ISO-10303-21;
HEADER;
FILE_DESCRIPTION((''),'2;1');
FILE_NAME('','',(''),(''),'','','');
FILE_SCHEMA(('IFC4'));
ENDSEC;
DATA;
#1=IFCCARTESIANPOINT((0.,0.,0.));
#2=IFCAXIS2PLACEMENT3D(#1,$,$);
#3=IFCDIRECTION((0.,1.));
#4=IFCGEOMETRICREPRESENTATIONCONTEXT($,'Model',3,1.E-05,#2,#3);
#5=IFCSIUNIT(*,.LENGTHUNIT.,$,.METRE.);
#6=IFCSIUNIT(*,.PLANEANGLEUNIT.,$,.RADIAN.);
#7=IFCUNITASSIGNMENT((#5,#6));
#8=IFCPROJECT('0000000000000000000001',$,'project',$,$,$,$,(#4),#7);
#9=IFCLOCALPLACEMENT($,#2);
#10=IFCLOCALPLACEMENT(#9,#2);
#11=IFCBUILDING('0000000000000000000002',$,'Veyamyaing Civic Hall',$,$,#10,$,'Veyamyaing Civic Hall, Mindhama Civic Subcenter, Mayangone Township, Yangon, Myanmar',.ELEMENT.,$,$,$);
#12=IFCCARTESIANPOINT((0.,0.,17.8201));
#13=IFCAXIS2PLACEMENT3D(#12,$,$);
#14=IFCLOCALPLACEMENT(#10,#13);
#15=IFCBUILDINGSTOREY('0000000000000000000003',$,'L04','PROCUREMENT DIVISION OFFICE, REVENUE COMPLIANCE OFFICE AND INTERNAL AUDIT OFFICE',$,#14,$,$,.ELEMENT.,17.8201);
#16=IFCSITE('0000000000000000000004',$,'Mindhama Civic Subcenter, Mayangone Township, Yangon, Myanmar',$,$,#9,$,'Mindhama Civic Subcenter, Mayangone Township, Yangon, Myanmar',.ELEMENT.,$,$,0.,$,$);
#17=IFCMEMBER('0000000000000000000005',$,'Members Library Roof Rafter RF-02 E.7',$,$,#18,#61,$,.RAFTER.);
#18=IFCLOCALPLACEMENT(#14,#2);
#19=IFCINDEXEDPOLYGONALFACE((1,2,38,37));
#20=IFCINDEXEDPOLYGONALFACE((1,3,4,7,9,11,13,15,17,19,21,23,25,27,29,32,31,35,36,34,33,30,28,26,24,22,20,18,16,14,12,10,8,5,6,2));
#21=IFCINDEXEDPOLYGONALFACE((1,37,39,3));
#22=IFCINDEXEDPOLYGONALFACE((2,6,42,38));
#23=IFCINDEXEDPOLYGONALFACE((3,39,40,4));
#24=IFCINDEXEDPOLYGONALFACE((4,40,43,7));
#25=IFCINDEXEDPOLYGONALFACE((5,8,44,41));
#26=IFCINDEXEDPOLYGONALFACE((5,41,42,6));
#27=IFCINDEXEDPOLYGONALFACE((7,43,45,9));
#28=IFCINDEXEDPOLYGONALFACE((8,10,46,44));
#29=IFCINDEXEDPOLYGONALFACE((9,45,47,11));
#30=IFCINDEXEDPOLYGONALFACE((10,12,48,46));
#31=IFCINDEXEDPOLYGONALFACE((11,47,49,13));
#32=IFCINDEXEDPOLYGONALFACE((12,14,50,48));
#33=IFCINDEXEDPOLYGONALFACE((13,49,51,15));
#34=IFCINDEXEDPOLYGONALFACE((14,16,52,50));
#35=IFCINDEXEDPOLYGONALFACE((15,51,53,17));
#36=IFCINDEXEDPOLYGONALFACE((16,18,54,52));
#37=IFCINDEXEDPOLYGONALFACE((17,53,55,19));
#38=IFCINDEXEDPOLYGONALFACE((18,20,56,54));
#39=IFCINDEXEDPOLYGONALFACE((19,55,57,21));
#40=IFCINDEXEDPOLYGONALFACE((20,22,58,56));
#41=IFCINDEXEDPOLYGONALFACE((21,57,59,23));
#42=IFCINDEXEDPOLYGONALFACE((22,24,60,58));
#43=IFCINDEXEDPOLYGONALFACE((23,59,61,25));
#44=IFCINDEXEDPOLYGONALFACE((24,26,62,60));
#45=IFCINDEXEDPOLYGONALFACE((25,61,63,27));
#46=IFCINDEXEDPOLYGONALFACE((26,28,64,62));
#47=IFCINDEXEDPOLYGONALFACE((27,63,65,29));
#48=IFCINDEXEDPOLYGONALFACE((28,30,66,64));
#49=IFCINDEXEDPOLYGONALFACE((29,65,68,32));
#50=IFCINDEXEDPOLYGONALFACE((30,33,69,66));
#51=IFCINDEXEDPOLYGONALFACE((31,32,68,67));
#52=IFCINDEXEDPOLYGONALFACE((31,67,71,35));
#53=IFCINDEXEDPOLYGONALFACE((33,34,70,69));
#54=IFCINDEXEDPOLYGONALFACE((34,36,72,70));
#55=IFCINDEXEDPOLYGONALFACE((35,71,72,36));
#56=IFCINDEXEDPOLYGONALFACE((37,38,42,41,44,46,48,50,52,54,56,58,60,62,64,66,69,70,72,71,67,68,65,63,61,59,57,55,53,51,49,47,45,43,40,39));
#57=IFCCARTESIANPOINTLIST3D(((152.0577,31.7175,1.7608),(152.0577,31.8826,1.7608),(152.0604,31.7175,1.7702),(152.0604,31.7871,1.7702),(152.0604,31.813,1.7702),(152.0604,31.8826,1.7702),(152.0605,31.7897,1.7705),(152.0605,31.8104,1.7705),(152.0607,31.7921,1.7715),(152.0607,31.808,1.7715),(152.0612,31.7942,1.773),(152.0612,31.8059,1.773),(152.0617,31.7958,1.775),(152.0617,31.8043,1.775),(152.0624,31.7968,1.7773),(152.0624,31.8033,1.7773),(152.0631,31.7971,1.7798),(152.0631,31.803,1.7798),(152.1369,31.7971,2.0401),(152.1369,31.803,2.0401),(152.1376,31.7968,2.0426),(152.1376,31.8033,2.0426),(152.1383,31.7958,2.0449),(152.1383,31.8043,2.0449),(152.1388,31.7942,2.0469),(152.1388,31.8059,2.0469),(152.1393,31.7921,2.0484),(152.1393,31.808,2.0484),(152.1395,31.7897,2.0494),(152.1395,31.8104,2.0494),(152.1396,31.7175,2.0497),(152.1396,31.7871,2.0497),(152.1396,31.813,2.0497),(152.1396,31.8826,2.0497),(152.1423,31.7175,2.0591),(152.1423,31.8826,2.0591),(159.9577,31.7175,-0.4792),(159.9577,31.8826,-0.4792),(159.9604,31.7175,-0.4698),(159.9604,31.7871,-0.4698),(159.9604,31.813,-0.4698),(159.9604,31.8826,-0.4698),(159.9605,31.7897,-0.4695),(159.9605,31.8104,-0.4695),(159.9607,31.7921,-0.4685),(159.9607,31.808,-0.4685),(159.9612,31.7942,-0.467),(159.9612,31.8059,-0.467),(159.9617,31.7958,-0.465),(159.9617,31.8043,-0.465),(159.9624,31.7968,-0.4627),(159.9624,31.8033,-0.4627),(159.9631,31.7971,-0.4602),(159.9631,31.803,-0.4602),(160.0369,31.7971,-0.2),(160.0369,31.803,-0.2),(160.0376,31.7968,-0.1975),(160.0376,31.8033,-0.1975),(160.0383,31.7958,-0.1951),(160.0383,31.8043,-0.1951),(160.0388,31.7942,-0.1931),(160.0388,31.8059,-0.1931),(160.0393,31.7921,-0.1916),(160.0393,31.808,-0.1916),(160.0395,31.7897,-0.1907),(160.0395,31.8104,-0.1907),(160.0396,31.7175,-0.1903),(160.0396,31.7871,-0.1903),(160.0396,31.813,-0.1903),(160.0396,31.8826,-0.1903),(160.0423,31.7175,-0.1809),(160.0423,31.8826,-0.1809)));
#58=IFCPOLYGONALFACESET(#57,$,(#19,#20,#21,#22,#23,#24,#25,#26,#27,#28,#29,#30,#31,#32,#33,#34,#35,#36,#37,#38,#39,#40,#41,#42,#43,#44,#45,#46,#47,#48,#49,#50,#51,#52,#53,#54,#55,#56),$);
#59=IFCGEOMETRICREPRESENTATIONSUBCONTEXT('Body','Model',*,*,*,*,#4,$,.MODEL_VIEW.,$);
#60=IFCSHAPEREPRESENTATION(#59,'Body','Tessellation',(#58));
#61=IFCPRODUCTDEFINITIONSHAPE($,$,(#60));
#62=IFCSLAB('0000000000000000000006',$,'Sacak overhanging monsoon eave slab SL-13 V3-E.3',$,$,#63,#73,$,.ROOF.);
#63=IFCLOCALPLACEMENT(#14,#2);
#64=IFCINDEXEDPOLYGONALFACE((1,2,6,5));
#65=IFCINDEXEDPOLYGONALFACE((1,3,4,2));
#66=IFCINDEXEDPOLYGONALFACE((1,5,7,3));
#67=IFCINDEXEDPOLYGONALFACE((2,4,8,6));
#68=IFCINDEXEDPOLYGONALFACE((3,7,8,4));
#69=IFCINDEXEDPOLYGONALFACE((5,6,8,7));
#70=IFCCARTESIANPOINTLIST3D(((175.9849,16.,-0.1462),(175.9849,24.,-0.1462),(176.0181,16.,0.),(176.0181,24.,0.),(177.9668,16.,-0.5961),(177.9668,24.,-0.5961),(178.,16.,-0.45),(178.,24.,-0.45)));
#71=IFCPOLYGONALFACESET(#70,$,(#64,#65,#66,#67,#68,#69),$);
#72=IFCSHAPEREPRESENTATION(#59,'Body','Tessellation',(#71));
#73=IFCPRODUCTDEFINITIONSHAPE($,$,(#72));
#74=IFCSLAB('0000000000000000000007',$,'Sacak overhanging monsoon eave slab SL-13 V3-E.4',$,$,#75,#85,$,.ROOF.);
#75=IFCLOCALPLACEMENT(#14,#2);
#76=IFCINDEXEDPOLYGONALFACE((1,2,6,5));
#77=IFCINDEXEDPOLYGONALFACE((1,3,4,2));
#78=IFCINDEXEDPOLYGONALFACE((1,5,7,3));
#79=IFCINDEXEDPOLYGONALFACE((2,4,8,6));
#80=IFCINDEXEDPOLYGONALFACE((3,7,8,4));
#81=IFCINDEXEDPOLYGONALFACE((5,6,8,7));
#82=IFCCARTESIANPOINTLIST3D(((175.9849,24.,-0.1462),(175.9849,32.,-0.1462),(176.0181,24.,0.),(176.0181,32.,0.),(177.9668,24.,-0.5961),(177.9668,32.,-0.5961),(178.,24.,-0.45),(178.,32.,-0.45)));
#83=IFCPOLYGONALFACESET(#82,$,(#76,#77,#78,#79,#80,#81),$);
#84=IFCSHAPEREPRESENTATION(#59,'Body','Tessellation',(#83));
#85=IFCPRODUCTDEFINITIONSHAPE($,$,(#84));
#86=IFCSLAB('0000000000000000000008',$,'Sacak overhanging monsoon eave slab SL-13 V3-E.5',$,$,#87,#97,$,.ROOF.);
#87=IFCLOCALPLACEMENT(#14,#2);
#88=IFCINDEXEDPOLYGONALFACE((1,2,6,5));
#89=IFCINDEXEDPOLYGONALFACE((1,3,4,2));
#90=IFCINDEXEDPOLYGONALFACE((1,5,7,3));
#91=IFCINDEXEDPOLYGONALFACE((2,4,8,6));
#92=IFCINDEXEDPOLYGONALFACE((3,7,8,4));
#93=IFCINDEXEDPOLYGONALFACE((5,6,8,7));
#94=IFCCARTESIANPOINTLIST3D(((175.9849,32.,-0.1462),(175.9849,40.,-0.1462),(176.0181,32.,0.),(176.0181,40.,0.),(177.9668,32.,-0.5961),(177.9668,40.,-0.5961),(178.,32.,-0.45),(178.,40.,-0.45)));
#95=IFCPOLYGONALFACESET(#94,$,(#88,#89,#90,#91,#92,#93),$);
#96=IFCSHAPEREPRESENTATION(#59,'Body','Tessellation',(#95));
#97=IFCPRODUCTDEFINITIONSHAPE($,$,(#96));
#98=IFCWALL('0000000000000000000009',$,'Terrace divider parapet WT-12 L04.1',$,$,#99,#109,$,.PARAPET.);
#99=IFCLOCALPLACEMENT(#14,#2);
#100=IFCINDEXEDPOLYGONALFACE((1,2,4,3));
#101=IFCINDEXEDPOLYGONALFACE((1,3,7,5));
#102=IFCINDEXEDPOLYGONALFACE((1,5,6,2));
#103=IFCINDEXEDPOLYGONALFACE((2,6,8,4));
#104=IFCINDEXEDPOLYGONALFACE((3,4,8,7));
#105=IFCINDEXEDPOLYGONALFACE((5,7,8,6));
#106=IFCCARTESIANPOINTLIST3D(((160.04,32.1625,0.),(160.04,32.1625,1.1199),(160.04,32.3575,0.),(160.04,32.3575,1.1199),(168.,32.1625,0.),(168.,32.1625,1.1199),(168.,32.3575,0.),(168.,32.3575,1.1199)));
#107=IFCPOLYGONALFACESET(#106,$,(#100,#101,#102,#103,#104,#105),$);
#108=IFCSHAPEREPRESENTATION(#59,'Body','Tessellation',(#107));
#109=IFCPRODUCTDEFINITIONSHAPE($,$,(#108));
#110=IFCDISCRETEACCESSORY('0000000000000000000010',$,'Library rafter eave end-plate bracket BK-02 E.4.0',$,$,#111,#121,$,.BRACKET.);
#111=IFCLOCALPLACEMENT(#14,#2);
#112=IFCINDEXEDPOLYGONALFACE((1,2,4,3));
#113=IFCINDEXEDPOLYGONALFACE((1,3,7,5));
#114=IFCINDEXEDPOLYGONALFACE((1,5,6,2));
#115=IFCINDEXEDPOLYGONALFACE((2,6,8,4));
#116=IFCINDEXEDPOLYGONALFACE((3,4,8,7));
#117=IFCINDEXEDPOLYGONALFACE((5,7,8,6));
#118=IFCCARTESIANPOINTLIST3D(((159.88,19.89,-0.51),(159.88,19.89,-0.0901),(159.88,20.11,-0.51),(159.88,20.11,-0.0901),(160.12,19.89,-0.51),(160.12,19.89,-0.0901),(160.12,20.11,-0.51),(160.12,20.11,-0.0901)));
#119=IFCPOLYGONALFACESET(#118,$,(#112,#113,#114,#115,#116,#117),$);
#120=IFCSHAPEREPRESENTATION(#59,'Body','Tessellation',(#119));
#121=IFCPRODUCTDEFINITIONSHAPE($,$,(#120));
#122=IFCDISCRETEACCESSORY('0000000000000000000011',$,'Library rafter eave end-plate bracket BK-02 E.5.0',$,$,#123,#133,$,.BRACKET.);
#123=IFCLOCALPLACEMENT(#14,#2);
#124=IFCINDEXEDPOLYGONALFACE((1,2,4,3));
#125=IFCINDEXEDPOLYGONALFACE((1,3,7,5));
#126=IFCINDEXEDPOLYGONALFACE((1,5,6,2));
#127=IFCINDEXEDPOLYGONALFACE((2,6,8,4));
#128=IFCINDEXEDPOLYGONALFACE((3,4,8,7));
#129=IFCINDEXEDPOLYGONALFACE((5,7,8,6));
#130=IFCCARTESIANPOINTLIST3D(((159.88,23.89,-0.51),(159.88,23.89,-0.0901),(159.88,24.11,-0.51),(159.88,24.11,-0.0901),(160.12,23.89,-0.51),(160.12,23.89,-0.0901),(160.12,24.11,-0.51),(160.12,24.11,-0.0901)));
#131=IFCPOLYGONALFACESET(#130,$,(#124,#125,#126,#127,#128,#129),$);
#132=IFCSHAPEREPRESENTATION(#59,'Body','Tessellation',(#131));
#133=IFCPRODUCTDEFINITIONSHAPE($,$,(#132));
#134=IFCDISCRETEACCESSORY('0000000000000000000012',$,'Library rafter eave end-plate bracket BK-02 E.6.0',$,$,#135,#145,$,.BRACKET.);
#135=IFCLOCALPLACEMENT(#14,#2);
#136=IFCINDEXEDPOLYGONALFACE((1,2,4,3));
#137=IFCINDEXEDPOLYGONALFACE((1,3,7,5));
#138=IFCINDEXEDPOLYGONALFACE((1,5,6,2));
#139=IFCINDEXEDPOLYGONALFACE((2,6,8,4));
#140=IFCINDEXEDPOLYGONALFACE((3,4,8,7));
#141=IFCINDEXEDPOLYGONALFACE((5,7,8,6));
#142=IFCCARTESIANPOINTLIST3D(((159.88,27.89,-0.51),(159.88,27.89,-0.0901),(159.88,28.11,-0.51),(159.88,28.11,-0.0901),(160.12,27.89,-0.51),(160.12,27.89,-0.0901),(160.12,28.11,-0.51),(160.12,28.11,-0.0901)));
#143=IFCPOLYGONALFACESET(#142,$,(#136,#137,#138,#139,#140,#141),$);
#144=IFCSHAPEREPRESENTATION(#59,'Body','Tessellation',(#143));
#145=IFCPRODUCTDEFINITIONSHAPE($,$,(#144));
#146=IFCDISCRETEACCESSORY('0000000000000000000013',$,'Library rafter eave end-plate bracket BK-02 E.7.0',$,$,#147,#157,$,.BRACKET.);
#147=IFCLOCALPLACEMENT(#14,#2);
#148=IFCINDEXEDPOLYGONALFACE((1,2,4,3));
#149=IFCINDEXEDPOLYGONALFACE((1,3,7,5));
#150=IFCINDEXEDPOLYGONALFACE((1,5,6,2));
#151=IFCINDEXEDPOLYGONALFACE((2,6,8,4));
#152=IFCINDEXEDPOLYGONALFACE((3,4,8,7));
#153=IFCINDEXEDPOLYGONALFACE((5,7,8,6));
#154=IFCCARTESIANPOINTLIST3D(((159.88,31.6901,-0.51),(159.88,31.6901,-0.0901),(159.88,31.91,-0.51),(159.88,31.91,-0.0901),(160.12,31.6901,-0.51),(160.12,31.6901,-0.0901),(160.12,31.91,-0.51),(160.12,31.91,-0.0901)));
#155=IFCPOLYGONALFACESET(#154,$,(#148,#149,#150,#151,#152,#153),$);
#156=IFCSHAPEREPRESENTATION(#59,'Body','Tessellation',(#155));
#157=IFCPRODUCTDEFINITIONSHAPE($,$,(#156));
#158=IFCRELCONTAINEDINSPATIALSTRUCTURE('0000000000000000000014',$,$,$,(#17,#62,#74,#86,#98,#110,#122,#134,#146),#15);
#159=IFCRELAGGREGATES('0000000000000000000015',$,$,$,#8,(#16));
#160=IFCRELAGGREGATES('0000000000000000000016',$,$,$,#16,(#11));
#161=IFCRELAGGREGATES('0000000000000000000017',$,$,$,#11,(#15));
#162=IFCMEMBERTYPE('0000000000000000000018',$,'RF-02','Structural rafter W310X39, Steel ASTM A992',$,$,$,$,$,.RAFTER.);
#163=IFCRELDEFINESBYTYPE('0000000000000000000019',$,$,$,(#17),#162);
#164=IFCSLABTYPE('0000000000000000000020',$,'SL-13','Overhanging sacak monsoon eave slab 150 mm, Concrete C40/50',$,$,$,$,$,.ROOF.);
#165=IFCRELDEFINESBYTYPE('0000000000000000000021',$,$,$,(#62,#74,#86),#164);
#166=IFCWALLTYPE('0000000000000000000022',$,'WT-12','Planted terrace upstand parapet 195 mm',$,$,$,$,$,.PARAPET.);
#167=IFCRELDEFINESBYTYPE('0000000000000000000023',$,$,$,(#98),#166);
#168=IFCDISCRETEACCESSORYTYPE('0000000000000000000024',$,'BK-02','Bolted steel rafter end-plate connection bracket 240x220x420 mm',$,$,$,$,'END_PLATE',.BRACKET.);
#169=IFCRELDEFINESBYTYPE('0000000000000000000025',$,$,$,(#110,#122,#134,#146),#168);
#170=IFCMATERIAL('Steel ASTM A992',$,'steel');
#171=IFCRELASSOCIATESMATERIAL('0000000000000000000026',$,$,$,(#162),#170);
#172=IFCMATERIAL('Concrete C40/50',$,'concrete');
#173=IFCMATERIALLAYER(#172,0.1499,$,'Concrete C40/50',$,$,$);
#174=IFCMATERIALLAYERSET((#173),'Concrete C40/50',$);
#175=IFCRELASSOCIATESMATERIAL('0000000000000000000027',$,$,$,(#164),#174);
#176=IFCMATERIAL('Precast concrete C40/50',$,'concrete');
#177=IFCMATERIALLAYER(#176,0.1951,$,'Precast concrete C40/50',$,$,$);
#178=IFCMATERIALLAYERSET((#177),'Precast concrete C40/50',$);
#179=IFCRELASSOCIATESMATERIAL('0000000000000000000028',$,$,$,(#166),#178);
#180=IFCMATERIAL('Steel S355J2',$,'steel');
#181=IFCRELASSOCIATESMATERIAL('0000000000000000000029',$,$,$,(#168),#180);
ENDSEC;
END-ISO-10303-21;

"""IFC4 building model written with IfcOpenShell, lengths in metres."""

from ifc_helpers import new_model, si_unit, direction, frame, frame_2d, origin, origin_2d, place, context, subcontext, project, spatial, polyline, rectangle, i_section, outline, extrude, material, layer, layer_set, material_profile, profile_set, type_object, element, save


model = new_model("IFC4")

# Units and contexts
model_context = context("Model", 3, precision=1e-05, world=origin(), true_north=direction((0.0, 1.0)))
body_context = subcontext(model_context, "Body", "Model", "MODEL_VIEW")
ifc_project = project(units=[si_unit("LENGTHUNIT", "METRE"), si_unit("PLANEANGLEUNIT", "RADIAN")], contexts=[model_context])

# Site, building, storey
site_placement = place(None, origin())
site = spatial("IfcSite", under=ifc_project, at=site_placement, Name="Mindhama Civic Subcenter, Mayangone Township, Yangon, Myanmar", LongName="Mindhama Civic Subcenter, Mayangone Township, Yangon, Myanmar", CompositionType="ELEMENT", RefElevation=0.0)
building_placement = place(site_placement, origin())
building = spatial("IfcBuilding", under=site, at=building_placement, Name="Veyamyaing Civic Hall", LongName="Veyamyaing Civic Hall, Mindhama Civic Subcenter, Mayangone Township, Yangon, Myanmar", CompositionType="ELEMENT")
storey_placement = place(building_placement, frame((0.0, 0.0, 17.8201)))
storey = spatial("IfcBuildingStorey", under=building, at=storey_placement, Name="L04", Description="PROCUREMENT DIVISION OFFICE, REVENUE COMPLIANCE OFFICE AND INTERNAL AUDIT OFFICE", CompositionType="ELEMENT", Elevation=17.8201)

# Shared definitions
ifc_material_1 = material(Name="Steel ASTM A992", Category="steel")

# Member
ifc_material_profile_1 = material_profile(ifc_material_1, i_section(OverallWidth=0.165, OverallDepth=0.3101, WebThickness=0.0059, FlangeThickness=0.0098, FilletRadius=0.01, at=origin_2d()), Name="W310X39")
ifc_profile_set_1 = profile_set([ifc_material_profile_1], Name="Steel ASTM A992")
member_type = type_object("IfcMemberType", Name="RF-02", Description="Structural rafter W310X39, Steel ASTM A992", PredefinedType="RAFTER", material=ifc_profile_set_1)
for number, where, z_axis, x_axis, name in (
    (1, (160.0, 31.8, -0.3301), (-0.962073, 0.0, 0.272792), (0.0, -1.0, 0.0), "Members Library Roof Rafter RF-02 E.7"),
):
    element("IfcMember", number, at=place(storey_placement, frame(where, z_axis=z_axis, x_axis=x_axis)), inside=storey, type_object=member_type, Name=name, PredefinedType="RAFTER", context=body_context, shape_type="SweptSolid", body=[
        extrude(i_section(OverallWidth=0.165, OverallDepth=0.3101, WebThickness=0.0059, FlangeThickness=0.0098, FilletRadius=0.01, at=origin_2d()), origin(), (0.0, 0.0, 1.0), 8.2114),
    ])

# Slabs
ifc_material_2 = material(Name="Concrete C40/50", Category="concrete")
ifc_layer_1 = layer(ifc_material_2, 0.1499, Name="Concrete C40/50")
ifc_layer_set_1 = layer_set([ifc_layer_1], Name="Concrete C40/50")
slab_type = type_object("IfcSlabType", Name="SL-13", Description="Overhanging sacak monsoon eave slab 150 mm, Concrete C40/50", PredefinedType="ROOF", material=ifc_layer_set_1)
for number, where, z_axis, x_axis, name in (
    (2, (176.0181, 16.0, 0.0), (0.221393, 0.0, 0.975185), (0.975185, 0.0, -0.221393), "Sacak overhanging monsoon eave slab SL-13 V3-E.3"),
    (3, (176.0181, 24.0, 0.0), (0.221393, 0.0, 0.975185), (0.975185, 0.0, -0.221393), "Sacak overhanging monsoon eave slab SL-13 V3-E.4"),
    (4, (176.0181, 32.0, 0.0), (0.221393, 0.0, 0.975185), (0.975185, 0.0, -0.221393), "Sacak overhanging monsoon eave slab SL-13 V3-E.5"),
):
    element("IfcSlab", number, at=place(storey_placement, frame(where, z_axis=z_axis, x_axis=x_axis)), inside=storey, type_object=slab_type, Name=name, PredefinedType="ROOF", context=body_context, shape_type="SweptSolid", body=[
        extrude(outline(polyline([(0.0, 0.0), (2.0324, 0.0), (2.0324, 8.0), (0.0, 8.0), (0.0, 0.0)])), origin(), (0.0, 0.0, -1.0), 0.1499),
    ])

# Wall
ifc_material_3 = material(Name="Precast concrete C40/50", Category="concrete")
ifc_layer_2 = layer(ifc_material_3, 0.1951, Name="Precast concrete C40/50")
ifc_layer_set_2 = layer_set([ifc_layer_2], Name="Precast concrete C40/50")
wall_type = type_object("IfcWallType", Name="WT-12", Description="Planted terrace upstand parapet 195 mm", PredefinedType="PARAPET", material=ifc_layer_set_2)
wall_placement = place(storey_placement, frame((160.04, 32.26, 0.0), z_axis=(0.0, 0.0, 1.0), x_axis=(1.0, 0.0, 0.0)))
element("IfcWall", 5, at=wall_placement, inside=storey, type_object=wall_type, Name="Terrace divider parapet WT-12 L04.1", PredefinedType="PARAPET", context=body_context, shape_type="SweptSolid", body=[
    extrude(rectangle(XDim=7.96, YDim=0.1951, at=frame_2d((3.98, 0.0))), origin(), (0.0, 0.0, 1.0), 1.1199),
])

# Discrete accessories
ifc_material_4 = material(Name="Steel S355J2", Category="steel")
discrete_accessory_type = type_object("IfcDiscreteAccessoryType", Name="BK-02", Description="Bolted steel rafter end-plate connection bracket 240x220x420 mm", ElementType="END_PLATE", PredefinedType="BRACKET", material=ifc_material_4)
for number, where, z_axis, x_axis, name in (
    (6, (160.0, 20.0, -0.51), (0.0, 0.0, 1.0), (1.0, 0.0, 0.0), "Library rafter eave end-plate bracket BK-02 E.4.0"),
    (7, (160.0, 24.0, -0.51), (0.0, 0.0, 1.0), (1.0, 0.0, 0.0), "Library rafter eave end-plate bracket BK-02 E.5.0"),
    (8, (160.0, 28.0, -0.51), (0.0, 0.0, 1.0), (1.0, 0.0, 0.0), "Library rafter eave end-plate bracket BK-02 E.6.0"),
    (9, (160.0, 31.8, -0.51), (0.0, 0.0, 1.0), (1.0, 0.0, 0.0), "Library rafter eave end-plate bracket BK-02 E.7.0"),
):
    element("IfcDiscreteAccessory", number, at=place(storey_placement, frame(where, z_axis=z_axis, x_axis=x_axis)), inside=storey, type_object=discrete_accessory_type, Name=name, PredefinedType="BRACKET", context=body_context, shape_type="SweptSolid", body=[
        extrude(rectangle(XDim=0.24, YDim=0.22, at=origin_2d()), origin(), (0.0, 0.0, 1.0), 0.4199),
    ])

save(model, "model.ifc")
